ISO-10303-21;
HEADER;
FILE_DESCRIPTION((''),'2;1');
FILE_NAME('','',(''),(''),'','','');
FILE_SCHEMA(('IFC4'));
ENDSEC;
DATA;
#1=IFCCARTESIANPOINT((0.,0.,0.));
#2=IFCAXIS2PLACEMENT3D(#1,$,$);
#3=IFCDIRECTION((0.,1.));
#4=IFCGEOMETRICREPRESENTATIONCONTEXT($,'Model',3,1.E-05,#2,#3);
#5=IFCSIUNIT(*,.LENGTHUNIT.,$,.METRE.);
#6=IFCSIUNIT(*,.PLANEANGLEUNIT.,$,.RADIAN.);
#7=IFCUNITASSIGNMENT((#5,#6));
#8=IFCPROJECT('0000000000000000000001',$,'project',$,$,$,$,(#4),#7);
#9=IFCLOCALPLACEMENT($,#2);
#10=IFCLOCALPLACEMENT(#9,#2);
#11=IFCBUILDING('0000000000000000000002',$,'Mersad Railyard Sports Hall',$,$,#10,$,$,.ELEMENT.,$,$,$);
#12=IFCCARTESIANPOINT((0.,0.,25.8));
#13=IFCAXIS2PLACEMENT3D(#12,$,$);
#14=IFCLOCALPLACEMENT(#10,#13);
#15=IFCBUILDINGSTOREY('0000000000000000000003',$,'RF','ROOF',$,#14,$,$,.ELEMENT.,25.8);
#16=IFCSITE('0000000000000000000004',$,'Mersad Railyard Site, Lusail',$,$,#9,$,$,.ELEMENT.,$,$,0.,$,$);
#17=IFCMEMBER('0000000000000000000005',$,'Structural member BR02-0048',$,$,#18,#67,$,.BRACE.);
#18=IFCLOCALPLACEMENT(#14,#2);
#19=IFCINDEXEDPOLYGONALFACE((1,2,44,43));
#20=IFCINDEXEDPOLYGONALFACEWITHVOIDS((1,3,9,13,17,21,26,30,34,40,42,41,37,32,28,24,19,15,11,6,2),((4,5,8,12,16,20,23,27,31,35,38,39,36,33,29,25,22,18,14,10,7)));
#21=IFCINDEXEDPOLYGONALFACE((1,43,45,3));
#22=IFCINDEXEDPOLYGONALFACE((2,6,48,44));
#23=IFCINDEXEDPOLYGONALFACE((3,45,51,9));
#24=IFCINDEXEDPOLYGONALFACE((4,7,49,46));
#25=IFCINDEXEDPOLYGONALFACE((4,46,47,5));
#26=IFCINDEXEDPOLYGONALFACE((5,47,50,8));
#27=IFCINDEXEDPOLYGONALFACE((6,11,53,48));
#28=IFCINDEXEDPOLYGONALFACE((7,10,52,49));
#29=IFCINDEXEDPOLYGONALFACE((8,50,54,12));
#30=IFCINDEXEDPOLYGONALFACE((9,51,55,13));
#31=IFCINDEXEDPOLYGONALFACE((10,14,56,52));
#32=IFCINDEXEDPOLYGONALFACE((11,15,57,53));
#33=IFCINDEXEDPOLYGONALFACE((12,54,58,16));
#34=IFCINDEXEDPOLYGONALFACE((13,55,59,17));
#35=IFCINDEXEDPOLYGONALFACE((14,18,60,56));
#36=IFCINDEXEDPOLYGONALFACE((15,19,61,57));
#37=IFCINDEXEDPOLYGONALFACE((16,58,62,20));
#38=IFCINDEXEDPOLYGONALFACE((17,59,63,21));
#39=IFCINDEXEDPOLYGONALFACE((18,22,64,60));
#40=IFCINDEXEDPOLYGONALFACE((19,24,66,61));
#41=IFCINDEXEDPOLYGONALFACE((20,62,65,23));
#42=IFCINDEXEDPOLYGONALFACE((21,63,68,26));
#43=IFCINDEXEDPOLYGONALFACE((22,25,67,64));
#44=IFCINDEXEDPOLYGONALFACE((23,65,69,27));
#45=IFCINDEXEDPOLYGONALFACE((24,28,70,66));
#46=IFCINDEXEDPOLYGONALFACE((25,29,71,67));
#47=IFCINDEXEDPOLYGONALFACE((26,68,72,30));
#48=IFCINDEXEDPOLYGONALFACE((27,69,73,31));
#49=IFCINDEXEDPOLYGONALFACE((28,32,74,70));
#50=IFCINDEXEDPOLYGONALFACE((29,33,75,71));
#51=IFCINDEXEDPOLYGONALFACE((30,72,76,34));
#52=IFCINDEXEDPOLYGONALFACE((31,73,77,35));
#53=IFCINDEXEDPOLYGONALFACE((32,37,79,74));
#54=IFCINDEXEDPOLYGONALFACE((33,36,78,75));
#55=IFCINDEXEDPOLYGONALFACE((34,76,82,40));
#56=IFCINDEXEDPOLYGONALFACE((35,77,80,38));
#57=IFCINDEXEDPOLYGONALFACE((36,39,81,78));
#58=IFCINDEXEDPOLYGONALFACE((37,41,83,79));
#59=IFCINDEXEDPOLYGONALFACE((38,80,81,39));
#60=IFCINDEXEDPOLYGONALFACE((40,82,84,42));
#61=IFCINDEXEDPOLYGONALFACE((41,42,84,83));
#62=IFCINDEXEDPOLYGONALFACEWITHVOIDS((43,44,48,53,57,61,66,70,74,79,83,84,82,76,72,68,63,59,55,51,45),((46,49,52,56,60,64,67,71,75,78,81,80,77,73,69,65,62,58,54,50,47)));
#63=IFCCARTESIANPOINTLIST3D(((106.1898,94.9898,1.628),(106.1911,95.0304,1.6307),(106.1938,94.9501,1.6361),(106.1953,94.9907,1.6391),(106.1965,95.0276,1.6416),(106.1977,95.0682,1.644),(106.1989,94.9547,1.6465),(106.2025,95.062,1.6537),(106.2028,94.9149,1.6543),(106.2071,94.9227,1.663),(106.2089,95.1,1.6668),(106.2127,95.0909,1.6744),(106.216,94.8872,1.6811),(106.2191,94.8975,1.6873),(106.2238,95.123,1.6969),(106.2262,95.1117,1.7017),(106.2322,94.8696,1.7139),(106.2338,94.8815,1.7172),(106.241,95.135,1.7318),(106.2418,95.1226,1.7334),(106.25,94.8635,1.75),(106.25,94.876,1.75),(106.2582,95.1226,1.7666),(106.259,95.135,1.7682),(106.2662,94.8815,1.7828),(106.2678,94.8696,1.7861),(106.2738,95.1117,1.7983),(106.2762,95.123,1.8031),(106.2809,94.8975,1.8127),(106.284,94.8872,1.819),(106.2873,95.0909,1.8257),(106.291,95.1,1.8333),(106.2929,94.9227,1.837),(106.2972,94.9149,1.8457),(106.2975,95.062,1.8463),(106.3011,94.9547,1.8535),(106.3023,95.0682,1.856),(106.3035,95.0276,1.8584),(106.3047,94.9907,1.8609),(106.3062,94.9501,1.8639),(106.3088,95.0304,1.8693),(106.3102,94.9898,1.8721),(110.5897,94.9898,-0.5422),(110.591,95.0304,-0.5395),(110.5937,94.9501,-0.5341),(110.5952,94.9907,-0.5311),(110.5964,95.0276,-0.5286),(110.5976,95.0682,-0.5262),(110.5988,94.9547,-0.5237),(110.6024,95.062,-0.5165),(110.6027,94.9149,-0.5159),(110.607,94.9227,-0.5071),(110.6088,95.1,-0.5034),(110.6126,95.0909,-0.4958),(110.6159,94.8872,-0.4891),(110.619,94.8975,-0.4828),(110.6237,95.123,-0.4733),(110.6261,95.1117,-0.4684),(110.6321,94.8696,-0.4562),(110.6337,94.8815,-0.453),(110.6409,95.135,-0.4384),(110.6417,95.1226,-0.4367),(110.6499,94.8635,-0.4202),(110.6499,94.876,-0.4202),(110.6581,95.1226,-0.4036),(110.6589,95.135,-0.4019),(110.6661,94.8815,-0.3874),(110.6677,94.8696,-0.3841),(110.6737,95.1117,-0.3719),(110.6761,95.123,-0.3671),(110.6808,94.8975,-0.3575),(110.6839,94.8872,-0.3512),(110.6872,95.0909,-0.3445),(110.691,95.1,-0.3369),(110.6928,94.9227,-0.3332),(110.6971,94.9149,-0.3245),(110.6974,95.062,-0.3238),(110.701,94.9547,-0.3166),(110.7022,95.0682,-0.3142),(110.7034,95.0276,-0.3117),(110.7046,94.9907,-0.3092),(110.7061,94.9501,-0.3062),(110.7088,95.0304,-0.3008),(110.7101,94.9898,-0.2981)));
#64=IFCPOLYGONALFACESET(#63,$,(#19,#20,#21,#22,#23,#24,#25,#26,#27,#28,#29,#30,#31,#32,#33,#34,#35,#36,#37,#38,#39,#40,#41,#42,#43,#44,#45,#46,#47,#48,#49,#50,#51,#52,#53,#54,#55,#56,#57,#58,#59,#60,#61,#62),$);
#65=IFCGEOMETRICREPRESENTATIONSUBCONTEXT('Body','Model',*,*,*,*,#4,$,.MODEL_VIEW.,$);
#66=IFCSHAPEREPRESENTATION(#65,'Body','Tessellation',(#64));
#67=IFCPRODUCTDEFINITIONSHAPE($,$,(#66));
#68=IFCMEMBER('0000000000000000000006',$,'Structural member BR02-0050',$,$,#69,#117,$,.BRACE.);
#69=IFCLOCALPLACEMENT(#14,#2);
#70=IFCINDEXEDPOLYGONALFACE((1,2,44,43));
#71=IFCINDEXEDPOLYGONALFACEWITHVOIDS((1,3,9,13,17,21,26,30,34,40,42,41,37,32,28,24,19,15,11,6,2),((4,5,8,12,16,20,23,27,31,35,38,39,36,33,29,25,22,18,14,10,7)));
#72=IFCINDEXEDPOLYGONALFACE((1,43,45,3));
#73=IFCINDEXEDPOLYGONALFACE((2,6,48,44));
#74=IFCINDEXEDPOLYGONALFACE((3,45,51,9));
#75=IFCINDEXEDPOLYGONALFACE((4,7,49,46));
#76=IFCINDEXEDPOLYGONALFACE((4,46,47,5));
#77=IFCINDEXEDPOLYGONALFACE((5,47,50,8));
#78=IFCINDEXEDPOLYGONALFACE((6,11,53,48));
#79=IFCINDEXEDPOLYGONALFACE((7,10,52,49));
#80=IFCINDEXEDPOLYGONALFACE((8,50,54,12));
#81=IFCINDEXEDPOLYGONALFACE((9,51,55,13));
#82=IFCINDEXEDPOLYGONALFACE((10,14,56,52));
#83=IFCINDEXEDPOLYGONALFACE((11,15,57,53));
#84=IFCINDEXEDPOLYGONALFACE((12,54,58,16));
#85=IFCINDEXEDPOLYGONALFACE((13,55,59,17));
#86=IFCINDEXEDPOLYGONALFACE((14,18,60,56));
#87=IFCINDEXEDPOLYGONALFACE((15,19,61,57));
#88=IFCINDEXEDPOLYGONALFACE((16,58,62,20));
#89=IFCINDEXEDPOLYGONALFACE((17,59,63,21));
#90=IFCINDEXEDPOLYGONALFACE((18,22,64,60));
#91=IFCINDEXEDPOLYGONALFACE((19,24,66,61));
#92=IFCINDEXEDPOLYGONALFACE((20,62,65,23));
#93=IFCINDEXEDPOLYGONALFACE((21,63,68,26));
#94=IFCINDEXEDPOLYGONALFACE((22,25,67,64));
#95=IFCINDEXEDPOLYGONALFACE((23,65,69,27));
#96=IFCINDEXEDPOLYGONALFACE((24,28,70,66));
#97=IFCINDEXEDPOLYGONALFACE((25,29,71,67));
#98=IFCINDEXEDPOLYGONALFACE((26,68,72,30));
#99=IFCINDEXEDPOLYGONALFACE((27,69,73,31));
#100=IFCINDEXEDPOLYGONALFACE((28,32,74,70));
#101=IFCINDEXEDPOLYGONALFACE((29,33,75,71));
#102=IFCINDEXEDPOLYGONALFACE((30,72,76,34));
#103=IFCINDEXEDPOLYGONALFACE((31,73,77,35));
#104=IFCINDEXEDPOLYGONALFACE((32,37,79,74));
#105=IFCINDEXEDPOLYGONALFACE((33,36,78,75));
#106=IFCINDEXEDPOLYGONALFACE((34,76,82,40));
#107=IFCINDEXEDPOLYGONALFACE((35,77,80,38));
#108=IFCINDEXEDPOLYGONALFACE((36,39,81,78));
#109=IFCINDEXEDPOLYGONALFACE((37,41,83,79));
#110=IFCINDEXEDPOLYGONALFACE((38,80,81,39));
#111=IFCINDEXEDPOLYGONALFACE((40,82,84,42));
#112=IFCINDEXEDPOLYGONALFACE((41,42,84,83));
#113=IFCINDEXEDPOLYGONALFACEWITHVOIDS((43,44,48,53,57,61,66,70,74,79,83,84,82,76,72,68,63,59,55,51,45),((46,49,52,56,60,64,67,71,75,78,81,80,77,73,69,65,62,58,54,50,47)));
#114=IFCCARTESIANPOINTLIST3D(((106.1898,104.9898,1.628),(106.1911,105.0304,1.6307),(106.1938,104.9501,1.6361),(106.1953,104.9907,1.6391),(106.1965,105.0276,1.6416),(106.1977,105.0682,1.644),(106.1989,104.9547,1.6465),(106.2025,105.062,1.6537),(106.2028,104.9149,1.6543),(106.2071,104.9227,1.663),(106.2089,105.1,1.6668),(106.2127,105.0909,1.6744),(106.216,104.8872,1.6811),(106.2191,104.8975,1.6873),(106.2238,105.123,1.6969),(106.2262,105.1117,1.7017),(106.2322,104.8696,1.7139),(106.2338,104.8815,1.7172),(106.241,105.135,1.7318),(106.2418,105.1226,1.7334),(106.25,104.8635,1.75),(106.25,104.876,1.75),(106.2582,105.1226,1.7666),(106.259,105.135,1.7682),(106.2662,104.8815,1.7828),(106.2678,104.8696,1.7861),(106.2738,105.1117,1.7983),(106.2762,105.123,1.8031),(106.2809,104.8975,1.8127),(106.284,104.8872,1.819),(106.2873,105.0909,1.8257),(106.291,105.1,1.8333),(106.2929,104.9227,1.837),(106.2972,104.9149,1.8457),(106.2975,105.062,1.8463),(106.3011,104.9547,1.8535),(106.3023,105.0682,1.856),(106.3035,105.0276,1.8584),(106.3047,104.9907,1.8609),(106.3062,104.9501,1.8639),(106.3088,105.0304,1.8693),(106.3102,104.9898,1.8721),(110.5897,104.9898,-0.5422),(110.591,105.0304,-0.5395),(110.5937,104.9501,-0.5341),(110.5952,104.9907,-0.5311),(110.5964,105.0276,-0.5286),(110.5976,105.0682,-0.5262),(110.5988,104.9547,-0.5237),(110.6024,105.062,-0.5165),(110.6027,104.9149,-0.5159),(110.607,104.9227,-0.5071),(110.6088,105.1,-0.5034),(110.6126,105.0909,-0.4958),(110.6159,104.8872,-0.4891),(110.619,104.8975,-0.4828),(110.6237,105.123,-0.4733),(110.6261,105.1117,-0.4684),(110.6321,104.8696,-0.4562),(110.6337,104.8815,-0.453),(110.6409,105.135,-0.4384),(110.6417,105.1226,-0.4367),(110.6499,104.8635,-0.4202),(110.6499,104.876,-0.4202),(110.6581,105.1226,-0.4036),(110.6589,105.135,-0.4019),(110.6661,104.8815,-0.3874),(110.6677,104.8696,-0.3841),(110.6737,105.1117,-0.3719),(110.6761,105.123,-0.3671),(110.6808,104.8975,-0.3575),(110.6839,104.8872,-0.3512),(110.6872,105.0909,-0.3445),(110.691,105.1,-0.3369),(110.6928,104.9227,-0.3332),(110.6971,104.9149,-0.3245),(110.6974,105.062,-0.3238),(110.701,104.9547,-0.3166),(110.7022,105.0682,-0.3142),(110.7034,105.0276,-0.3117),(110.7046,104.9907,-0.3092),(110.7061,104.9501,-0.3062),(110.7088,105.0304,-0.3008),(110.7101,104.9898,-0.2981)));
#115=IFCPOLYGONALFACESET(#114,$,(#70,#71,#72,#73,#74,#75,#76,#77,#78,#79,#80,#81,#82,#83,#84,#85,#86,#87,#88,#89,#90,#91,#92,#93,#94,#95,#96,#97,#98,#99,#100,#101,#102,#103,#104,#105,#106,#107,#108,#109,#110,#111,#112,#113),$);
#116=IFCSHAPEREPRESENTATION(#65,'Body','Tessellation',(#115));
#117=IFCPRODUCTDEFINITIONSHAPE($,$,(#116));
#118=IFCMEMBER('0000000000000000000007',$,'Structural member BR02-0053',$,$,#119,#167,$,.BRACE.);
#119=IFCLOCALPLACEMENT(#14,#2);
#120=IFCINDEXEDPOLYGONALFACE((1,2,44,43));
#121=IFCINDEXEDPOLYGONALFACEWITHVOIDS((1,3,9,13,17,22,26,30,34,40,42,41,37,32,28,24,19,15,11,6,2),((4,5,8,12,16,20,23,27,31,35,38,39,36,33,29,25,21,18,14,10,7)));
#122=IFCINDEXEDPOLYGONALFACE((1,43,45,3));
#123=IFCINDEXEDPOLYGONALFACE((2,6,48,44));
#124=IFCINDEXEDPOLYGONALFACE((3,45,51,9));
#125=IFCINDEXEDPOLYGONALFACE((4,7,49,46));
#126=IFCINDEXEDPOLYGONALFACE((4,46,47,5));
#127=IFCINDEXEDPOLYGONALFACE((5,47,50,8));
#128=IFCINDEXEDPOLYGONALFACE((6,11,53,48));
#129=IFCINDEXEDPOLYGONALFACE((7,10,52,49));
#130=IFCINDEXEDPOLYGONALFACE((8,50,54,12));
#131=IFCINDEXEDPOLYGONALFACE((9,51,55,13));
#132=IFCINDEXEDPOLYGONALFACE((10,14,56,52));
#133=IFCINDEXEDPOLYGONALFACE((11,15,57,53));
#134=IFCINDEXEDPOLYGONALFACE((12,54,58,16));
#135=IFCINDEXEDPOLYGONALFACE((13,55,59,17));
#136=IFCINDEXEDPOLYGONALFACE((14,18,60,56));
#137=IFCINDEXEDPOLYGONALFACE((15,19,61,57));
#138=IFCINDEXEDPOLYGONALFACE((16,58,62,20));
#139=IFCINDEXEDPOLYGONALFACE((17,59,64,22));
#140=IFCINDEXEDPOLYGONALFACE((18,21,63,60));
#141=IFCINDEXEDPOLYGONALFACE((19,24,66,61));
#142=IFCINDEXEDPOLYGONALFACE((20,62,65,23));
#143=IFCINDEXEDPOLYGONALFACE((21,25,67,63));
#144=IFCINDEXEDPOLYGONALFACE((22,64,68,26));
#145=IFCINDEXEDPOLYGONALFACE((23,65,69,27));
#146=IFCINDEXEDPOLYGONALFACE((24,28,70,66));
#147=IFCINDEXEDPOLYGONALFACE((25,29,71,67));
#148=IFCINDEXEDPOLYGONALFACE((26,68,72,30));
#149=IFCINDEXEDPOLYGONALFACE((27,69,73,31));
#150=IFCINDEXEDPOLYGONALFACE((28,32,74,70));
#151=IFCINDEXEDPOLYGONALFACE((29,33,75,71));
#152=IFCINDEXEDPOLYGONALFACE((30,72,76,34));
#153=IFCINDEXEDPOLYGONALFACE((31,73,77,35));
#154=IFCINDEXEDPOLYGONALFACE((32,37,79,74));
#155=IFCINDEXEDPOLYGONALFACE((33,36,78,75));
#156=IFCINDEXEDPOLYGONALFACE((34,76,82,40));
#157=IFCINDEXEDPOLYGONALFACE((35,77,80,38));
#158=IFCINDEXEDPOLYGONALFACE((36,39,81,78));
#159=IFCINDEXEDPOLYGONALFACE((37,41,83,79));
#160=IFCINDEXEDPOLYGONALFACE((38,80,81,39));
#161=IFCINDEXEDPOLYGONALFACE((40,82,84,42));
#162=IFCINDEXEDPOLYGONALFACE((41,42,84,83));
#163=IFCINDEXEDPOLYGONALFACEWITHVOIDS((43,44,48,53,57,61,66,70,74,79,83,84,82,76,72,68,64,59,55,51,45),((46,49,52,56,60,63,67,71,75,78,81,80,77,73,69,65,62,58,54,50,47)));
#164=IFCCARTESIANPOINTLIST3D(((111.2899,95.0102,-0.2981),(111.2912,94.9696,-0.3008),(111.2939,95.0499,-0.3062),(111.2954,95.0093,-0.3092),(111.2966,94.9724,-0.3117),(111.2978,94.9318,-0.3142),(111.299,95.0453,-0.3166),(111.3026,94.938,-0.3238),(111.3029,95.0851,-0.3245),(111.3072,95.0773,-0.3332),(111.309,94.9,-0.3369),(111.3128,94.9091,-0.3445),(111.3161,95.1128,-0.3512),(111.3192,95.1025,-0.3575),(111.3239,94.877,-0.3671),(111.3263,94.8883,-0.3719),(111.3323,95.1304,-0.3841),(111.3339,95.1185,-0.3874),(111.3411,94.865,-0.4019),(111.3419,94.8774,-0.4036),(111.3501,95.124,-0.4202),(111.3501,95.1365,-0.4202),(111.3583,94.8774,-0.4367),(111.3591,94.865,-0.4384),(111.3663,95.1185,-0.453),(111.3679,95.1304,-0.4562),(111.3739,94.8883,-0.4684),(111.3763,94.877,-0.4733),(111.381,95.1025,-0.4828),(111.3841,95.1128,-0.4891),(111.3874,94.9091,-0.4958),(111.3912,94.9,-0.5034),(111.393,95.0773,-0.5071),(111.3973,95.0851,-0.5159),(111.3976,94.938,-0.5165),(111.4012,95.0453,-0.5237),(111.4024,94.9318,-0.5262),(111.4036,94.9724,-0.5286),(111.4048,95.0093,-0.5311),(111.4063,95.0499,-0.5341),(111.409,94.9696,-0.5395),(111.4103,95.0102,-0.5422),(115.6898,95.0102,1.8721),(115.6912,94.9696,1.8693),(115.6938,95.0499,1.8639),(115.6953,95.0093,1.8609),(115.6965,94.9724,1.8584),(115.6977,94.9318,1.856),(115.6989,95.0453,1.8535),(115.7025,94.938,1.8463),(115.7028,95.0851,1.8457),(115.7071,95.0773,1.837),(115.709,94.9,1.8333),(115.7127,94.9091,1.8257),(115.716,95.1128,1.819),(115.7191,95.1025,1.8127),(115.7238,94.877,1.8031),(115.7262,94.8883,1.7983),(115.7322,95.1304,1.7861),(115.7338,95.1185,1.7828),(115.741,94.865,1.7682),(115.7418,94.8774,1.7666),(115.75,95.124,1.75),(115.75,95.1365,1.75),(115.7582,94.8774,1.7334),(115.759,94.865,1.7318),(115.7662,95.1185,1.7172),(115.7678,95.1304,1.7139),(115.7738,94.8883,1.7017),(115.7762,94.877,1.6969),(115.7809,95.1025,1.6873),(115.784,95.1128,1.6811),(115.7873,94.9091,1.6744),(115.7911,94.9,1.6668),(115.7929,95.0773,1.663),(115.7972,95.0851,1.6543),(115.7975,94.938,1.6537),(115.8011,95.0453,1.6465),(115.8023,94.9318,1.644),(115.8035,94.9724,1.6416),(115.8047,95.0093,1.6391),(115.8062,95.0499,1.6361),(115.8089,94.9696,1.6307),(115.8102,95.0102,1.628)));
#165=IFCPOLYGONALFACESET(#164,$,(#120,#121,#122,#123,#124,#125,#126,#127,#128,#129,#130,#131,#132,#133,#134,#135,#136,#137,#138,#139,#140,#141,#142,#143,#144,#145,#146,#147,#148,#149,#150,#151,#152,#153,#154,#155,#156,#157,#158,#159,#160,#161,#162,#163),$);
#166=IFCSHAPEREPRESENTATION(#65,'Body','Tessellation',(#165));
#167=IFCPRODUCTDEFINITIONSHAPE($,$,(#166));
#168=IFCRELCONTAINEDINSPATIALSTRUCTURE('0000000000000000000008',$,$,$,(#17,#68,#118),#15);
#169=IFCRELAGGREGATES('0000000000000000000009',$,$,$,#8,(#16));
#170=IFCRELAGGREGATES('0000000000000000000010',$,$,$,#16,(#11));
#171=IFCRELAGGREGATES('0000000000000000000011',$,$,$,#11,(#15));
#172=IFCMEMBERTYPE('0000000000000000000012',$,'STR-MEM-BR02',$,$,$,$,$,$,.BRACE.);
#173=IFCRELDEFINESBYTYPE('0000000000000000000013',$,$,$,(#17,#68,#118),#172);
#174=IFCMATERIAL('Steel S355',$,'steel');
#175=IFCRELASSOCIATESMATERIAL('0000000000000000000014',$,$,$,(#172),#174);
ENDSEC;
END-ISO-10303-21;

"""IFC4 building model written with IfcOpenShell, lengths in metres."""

from ifc_helpers import new_model, si_unit, direction, frame, origin, origin_2d, place, context, subcontext, project, spatial, hollow_circle, extrude, material, material_profile, profile_set, type_object, element, save


model = new_model("IFC4")

# Units and contexts
model_context = context("Model", 3, precision=1e-05, world=origin(), true_north=direction((0.0, 1.0)))
body_context = subcontext(model_context, "Body", "Model", "MODEL_VIEW")
ifc_project = project(units=[si_unit("LENGTHUNIT", "METRE"), si_unit("PLANEANGLEUNIT", "RADIAN")], contexts=[model_context])

# Site, building, storey
site_placement = place(None, origin())
site = spatial("IfcSite", under=ifc_project, at=site_placement, Name="Mersad Railyard Site, Lusail", CompositionType="ELEMENT", RefElevation=0.0)
building_placement = place(site_placement, origin())
building = spatial("IfcBuilding", under=site, at=building_placement, Name="Mersad Railyard Sports Hall", CompositionType="ELEMENT")
storey_placement = place(building_placement, frame((0.0, 0.0, 25.8)))
storey = spatial("IfcBuildingStorey", under=building, at=storey_placement, Name="RF", Description="ROOF", CompositionType="ELEMENT", Elevation=25.8)

# Shared definitions
ifc_material_1 = material(Name="Steel S355", Category="steel")

# Members
ifc_material_profile_1 = material_profile(ifc_material_1, hollow_circle(Radius=0.1365, WallThickness=0.0125, at=origin_2d()), Name="CHS 273x12.5")
ifc_profile_set_1 = profile_set([ifc_material_profile_1], Name="Steel S355")
member_type_1 = type_object("IfcMemberType", Name="STR-MEM-BR02", PredefinedType="BRACE", material=ifc_profile_set_1)
for number, where, z_axis, x_axis, name in (
    (1, (110.6499, 95.0, -0.4202), (-0.896842, 0.0, 0.44235), (0.0, -1.0, 0.0), "Structural member BR02-0048"),
    (2, (110.6499, 105.0, -0.4202), (-0.896842, 0.0, 0.44235), (0.0, -1.0, 0.0), "Structural member BR02-0050"),
    (3, (111.3501, 95.0, -0.4202), (0.896842, 0.0, 0.44235), (0.0, 1.0, 0.0), "Structural member BR02-0053"),
):
    element("IfcMember", number, at=place(storey_placement, frame(where, z_axis=z_axis, x_axis=x_axis)), inside=storey, type_object=member_type_1, Name=name, PredefinedType="BRACE", context=body_context, shape_type="SweptSolid", body=[
        extrude(hollow_circle(Radius=0.1365, WallThickness=0.0125, at=origin_2d()), origin(), (0.0, 0.0, 1.0), 4.906),
    ])

save(model, "model.ifc")
